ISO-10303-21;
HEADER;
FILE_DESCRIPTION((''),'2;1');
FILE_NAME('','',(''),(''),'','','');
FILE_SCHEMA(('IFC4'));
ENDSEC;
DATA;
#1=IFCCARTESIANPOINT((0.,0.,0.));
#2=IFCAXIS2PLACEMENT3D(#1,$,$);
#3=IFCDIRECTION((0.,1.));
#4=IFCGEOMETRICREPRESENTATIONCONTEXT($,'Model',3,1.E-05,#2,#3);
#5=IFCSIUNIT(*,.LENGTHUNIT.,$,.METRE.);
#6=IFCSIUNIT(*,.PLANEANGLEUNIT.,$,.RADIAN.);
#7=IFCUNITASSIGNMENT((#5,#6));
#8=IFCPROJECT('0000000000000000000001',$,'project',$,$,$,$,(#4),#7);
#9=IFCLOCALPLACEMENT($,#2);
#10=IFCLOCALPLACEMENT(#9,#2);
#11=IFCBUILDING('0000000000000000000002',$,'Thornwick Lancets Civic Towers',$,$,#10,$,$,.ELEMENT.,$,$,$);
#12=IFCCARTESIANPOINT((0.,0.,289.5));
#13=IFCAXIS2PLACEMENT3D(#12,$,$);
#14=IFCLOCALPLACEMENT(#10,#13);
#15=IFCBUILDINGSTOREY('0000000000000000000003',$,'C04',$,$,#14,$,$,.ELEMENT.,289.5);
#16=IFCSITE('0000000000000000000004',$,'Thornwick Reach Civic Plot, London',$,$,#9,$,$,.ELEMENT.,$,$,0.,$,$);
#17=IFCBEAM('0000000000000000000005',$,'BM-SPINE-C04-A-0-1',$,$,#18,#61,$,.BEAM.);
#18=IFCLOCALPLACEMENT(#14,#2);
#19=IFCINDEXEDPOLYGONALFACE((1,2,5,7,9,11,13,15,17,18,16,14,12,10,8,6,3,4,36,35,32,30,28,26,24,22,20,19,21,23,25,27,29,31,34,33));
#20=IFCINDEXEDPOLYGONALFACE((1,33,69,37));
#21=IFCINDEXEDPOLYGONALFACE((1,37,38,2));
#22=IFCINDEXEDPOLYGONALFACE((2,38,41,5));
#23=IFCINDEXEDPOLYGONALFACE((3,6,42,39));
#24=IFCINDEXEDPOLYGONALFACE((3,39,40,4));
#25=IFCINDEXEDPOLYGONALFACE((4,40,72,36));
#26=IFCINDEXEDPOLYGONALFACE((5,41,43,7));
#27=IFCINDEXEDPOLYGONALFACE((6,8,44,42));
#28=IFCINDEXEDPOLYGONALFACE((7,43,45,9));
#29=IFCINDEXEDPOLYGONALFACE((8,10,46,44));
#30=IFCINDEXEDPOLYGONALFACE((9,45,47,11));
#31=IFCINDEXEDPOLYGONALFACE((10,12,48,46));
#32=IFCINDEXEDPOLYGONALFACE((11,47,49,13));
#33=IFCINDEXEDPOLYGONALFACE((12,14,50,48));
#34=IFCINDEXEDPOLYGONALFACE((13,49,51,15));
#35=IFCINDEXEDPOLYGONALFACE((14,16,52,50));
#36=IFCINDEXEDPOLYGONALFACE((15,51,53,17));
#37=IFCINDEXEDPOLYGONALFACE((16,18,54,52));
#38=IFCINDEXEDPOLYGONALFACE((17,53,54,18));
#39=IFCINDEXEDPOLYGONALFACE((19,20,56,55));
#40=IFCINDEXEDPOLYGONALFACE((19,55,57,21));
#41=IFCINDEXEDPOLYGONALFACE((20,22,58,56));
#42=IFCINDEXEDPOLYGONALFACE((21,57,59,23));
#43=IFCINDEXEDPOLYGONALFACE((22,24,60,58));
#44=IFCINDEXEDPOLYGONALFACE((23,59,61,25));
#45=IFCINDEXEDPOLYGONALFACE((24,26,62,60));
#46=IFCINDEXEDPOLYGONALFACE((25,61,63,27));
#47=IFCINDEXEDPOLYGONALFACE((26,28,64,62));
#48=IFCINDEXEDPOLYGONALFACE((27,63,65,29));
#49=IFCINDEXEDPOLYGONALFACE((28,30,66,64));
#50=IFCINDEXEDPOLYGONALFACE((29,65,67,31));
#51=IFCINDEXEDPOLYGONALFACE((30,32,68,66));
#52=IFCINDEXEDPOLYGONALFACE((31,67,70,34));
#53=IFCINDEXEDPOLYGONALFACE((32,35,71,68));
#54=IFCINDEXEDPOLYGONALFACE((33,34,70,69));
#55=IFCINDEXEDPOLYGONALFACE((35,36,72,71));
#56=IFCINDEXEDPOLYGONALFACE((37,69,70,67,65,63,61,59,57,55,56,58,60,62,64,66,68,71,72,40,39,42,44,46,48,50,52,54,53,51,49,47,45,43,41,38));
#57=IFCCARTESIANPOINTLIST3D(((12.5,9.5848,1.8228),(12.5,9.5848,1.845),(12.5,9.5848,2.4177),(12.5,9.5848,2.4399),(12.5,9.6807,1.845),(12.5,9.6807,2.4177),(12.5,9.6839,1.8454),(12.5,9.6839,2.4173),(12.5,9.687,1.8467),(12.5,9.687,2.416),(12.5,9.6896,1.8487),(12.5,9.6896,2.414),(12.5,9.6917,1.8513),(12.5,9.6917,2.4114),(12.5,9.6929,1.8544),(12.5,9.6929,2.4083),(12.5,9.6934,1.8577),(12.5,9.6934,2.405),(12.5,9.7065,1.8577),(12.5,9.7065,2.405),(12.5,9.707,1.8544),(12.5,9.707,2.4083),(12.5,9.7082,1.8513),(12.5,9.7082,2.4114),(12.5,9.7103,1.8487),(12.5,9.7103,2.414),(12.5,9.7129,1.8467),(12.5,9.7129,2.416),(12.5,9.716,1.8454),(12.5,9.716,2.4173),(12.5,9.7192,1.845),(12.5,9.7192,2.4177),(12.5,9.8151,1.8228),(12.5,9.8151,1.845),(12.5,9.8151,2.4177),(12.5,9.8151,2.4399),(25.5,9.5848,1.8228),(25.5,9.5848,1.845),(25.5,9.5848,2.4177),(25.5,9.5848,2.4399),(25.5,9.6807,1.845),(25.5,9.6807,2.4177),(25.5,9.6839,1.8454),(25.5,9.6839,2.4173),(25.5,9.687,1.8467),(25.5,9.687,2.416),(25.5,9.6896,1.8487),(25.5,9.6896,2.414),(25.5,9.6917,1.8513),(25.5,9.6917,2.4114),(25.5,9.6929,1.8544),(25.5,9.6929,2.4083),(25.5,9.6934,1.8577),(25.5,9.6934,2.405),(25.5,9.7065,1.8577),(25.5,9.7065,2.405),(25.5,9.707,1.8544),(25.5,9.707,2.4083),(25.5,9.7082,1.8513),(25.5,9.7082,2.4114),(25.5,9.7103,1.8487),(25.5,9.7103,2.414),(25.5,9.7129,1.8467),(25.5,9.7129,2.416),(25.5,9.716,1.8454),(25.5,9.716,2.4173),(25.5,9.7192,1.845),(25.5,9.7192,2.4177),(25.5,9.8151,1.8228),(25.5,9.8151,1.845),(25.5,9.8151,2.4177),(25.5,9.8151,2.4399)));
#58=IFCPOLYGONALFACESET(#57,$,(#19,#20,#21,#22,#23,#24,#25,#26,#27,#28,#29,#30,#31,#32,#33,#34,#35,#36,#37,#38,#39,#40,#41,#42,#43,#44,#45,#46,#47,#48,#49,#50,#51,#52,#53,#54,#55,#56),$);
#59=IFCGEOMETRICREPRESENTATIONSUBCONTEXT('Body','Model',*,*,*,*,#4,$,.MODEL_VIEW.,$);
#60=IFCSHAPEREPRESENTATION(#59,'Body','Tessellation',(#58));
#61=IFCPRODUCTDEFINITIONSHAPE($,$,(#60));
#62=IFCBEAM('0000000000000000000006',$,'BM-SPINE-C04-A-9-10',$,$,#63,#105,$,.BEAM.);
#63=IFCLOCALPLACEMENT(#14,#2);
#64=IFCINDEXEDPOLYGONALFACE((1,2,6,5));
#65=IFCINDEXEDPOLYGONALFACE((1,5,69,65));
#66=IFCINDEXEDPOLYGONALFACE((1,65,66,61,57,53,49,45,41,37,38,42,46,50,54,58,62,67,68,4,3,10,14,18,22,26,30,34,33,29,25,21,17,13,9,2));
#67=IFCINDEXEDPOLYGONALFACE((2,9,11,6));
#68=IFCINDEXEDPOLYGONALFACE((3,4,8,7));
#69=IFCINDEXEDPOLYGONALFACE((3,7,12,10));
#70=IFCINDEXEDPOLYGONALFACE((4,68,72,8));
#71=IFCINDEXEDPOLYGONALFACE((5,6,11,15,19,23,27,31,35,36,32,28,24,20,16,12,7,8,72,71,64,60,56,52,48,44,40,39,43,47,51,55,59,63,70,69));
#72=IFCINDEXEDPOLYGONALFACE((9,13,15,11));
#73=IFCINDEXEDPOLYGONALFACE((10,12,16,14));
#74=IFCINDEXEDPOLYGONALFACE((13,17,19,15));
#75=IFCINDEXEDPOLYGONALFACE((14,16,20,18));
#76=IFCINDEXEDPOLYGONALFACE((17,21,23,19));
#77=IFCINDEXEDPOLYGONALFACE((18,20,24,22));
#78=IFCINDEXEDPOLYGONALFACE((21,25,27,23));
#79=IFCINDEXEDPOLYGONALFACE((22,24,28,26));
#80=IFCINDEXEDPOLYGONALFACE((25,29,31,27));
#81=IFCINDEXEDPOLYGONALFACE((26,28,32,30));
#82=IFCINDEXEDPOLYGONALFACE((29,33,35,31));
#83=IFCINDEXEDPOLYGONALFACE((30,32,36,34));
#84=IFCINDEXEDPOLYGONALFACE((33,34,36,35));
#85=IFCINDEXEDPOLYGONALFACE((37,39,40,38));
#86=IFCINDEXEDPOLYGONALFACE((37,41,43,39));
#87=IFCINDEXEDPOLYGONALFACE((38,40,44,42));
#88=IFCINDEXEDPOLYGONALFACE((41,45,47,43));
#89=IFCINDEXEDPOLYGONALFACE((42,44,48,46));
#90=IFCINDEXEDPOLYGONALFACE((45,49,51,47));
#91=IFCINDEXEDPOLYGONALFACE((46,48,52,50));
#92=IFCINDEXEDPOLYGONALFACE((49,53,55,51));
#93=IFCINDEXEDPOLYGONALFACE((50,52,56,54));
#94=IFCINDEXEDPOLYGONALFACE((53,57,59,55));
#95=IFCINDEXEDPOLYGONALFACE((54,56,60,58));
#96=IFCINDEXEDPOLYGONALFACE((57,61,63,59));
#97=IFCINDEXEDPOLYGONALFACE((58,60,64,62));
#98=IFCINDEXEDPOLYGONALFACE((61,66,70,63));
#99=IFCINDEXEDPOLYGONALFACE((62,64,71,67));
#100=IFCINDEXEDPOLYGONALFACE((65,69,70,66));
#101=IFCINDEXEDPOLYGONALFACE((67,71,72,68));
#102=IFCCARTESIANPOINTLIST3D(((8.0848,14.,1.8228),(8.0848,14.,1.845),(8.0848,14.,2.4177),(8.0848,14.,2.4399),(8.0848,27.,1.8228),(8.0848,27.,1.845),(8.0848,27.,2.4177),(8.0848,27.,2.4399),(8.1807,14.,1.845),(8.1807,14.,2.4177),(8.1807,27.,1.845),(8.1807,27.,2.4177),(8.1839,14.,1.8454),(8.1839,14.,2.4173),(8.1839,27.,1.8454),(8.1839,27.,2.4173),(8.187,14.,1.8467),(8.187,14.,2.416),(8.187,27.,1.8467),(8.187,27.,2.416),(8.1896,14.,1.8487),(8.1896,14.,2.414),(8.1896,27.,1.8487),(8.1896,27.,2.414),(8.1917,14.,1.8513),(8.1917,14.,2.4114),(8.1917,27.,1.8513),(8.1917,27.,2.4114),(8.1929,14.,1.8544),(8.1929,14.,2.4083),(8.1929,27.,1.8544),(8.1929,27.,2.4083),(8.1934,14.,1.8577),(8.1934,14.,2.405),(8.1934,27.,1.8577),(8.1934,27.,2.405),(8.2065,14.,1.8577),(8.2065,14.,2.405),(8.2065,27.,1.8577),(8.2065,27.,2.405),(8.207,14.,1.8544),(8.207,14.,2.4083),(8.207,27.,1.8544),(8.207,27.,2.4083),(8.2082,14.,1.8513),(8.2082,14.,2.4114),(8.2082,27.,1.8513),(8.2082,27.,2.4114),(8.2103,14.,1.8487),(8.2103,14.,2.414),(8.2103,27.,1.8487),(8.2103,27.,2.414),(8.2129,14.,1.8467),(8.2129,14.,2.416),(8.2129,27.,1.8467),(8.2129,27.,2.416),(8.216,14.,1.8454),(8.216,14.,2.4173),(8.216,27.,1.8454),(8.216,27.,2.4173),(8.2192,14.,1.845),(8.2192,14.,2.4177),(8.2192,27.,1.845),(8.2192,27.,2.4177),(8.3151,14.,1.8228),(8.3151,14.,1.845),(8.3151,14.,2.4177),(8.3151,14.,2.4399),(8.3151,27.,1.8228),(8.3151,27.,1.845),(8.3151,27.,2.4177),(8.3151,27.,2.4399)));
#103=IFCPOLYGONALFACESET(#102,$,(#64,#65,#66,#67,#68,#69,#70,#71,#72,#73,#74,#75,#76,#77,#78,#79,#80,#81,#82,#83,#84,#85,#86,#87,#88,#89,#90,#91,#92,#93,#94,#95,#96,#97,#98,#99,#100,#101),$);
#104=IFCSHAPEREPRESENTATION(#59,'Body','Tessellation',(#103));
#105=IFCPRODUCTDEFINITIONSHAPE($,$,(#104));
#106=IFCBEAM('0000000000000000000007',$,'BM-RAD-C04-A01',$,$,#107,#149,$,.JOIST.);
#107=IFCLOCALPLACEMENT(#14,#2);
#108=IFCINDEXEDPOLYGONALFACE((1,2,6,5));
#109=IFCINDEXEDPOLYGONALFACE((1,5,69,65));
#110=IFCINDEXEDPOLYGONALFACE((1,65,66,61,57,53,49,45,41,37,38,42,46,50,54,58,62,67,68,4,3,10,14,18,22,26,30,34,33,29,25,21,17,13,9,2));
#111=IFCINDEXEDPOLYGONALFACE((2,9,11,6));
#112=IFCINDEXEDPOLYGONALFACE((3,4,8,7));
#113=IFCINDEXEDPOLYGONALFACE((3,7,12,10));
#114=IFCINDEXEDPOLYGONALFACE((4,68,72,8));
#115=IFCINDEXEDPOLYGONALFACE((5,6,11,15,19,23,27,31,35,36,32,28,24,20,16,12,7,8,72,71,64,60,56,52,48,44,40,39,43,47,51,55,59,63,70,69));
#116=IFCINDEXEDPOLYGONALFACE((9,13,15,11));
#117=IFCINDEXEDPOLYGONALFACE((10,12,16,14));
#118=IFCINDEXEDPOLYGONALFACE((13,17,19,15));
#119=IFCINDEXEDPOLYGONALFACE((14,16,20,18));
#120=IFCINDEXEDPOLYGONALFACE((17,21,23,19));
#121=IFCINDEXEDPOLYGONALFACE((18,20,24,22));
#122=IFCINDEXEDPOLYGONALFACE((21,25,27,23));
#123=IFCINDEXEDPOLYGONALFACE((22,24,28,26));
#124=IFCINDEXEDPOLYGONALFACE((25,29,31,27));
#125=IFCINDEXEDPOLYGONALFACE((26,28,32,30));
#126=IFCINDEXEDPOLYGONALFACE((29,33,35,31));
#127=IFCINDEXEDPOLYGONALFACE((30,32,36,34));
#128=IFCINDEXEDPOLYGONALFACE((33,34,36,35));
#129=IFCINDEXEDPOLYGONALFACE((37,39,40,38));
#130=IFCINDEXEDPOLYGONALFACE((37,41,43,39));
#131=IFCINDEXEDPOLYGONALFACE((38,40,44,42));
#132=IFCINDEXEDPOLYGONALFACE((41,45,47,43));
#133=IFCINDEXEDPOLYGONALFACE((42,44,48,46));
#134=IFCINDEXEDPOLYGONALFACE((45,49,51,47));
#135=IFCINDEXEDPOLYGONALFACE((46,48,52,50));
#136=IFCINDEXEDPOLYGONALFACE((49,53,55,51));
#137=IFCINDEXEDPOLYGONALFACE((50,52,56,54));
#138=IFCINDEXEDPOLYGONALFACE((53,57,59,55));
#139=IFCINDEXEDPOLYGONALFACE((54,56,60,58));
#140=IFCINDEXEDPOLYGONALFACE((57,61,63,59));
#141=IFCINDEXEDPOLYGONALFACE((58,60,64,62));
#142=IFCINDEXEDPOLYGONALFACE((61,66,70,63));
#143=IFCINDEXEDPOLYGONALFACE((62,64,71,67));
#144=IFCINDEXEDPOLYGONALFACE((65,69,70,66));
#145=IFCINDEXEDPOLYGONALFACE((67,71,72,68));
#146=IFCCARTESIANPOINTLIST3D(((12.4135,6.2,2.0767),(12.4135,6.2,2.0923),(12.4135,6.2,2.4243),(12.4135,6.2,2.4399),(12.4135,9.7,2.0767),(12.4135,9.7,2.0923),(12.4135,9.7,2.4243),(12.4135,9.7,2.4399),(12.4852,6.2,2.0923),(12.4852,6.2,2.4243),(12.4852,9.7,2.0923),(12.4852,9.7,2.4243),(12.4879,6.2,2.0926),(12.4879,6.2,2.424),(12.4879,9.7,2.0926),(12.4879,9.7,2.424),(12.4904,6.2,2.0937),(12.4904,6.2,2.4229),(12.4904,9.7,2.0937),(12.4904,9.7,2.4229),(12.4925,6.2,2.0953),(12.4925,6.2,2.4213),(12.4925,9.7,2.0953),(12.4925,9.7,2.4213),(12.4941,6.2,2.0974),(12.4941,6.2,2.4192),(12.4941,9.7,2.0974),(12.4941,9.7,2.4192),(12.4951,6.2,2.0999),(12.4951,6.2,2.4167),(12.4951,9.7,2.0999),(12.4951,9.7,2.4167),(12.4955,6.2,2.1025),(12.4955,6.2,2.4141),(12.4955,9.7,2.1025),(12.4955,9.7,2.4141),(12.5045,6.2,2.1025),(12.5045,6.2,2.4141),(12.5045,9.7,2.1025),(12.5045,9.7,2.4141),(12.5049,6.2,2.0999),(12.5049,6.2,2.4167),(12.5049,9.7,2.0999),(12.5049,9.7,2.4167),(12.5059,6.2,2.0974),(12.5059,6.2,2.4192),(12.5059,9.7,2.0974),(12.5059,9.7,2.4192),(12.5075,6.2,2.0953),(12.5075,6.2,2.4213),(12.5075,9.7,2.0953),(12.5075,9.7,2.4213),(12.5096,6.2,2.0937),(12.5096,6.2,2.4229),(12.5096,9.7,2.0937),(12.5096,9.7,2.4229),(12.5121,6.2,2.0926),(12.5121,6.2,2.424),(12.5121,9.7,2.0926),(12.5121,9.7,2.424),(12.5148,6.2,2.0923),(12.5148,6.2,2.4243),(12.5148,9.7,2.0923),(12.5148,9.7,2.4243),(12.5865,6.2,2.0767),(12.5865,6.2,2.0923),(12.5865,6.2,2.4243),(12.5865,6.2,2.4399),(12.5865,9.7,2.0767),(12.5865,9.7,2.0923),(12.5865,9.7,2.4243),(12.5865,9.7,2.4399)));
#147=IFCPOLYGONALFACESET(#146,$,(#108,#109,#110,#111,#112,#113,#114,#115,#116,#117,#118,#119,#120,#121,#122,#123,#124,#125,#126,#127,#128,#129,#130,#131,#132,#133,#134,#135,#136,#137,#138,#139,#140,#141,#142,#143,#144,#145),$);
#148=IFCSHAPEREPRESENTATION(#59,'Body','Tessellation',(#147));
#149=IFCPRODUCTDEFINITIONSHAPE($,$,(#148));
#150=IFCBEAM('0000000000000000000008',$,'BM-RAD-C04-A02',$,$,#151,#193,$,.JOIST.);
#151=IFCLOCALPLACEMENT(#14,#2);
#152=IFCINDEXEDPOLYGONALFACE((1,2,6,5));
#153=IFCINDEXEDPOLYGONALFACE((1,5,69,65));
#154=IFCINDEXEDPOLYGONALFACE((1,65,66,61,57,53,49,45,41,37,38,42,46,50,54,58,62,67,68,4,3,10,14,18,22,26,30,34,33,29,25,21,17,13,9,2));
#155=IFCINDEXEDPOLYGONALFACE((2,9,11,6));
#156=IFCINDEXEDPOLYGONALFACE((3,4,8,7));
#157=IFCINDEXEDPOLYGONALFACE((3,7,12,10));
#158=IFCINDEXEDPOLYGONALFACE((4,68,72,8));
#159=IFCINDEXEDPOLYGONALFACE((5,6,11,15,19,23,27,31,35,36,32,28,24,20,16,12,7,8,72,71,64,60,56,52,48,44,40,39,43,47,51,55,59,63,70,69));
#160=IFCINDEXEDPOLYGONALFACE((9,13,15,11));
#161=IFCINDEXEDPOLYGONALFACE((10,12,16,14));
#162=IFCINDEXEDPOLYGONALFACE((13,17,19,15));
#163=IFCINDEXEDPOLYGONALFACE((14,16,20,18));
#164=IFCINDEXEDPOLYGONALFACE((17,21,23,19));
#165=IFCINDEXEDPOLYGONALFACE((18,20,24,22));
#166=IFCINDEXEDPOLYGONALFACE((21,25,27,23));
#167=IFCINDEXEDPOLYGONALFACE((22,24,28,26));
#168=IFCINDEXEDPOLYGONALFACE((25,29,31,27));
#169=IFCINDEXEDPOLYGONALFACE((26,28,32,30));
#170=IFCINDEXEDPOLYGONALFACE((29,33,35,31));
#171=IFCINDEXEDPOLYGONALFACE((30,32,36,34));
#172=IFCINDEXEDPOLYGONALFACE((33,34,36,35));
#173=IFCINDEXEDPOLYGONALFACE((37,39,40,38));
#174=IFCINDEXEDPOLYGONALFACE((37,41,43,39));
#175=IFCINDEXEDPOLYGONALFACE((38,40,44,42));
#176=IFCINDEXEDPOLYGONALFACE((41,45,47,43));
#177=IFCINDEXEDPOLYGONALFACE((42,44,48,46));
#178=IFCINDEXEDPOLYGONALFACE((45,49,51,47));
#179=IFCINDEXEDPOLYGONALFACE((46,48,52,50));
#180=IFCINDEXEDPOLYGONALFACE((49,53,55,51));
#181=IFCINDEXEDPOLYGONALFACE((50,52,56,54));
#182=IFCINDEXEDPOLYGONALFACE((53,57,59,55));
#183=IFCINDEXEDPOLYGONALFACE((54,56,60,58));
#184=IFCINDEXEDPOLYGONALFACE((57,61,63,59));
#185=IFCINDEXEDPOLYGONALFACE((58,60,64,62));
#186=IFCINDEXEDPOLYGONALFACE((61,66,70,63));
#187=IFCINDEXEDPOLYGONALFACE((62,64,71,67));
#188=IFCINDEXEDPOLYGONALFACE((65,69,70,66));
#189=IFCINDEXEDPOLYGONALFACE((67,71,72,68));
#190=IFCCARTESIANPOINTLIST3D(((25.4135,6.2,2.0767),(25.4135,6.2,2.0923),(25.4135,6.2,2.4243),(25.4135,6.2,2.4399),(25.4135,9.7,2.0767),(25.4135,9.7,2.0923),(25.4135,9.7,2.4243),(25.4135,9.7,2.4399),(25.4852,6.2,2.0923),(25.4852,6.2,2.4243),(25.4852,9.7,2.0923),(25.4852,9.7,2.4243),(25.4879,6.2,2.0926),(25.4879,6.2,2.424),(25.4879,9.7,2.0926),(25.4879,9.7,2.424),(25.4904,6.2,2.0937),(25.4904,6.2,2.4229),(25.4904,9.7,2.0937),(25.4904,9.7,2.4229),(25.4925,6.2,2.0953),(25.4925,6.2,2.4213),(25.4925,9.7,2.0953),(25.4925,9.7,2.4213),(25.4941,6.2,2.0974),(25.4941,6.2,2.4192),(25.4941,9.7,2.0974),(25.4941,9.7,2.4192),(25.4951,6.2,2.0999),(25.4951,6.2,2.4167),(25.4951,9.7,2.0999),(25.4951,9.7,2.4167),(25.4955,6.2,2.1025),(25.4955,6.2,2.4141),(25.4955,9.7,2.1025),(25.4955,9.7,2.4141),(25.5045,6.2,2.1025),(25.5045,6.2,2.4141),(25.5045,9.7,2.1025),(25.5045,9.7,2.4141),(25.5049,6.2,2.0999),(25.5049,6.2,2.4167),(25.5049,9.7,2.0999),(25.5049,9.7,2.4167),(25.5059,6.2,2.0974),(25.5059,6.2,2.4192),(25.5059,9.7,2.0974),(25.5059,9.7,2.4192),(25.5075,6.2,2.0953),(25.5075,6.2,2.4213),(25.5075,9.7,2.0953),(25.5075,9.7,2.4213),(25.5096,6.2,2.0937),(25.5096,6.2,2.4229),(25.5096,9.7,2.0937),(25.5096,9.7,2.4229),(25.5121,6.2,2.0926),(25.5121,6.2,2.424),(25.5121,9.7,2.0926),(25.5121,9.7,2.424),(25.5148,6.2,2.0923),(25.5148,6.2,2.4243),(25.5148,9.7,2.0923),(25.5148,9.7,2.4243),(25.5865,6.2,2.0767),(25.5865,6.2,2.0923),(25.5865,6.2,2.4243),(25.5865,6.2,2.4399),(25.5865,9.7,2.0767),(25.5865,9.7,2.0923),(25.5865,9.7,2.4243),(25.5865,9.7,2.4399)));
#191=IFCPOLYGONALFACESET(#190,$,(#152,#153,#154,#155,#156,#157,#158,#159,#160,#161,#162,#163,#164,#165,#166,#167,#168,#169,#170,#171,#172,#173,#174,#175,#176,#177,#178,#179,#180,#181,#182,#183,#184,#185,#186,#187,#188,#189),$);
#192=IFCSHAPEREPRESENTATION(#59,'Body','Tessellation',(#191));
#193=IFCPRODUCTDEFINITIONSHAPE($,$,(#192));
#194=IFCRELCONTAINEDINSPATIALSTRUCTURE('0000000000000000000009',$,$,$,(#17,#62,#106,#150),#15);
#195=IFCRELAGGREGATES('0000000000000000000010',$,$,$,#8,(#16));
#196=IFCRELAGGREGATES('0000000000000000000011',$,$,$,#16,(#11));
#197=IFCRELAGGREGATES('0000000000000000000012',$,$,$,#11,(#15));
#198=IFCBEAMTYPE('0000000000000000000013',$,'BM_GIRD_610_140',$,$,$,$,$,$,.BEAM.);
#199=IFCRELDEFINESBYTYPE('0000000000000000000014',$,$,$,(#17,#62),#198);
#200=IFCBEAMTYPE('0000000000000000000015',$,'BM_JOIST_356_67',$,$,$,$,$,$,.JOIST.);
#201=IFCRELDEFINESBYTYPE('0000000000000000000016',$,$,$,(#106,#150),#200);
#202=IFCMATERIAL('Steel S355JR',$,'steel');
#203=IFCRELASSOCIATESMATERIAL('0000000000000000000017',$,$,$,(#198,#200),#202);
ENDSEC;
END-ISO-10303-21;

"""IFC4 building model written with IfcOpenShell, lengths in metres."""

from ifc_helpers import new_model, si_unit, direction, frame, origin, origin_2d, place, context, subcontext, project, spatial, i_section, extrude, material, material_profile, profile_set, type_object, element, save


model = new_model("IFC4")

# Units and contexts
model_context = context("Model", 3, precision=1e-05, world=origin(), true_north=direction((0.0, 1.0)))
body_context = subcontext(model_context, "Body", "Model", "MODEL_VIEW")
ifc_project = project(units=[si_unit("LENGTHUNIT", "METRE"), si_unit("PLANEANGLEUNIT", "RADIAN")], contexts=[model_context])

# Site, building, storey
site_placement = place(None, origin())
site = spatial("IfcSite", under=ifc_project, at=site_placement, Name="Thornwick Reach Civic Plot, London", CompositionType="ELEMENT", RefElevation=0.0)
building_placement = place(site_placement, origin())
building = spatial("IfcBuilding", under=site, at=building_placement, Name="Thornwick Lancets Civic Towers", CompositionType="ELEMENT")
storey_placement = place(building_placement, frame((0.0, 0.0, 289.5)))
storey = spatial("IfcBuildingStorey", under=building, at=storey_placement, Name="C04", CompositionType="ELEMENT", Elevation=289.5)

# Shared definitions
ifc_material_1 = material(Name="Steel S355JR", Category="steel")

# Beams
ifc_material_profile_1 = material_profile(ifc_material_1, i_section(OverallWidth=0.2302, OverallDepth=0.6172, WebThickness=0.0132, FlangeThickness=0.0222, FilletRadius=0.0127, at=origin_2d()), Name="UKB 610x229x140")
ifc_profile_set_1 = profile_set([ifc_material_profile_1], Name="Steel S355JR")
beam_type_1 = type_object("IfcBeamType", Name="BM_GIRD_610_140", PredefinedType="BEAM", material=ifc_profile_set_1)
for number, where, z_axis, x_axis, name in (
    (1, (12.5, 9.7, 2.1313), (1.0, 0.0, 0.0), (0.0, 1.0, 0.0), "BM-SPINE-C04-A-0-1"),
    (2, (8.2, 14.0, 2.1313), (0.0, 1.0, 0.0), (-1.0, 0.0, 0.0), "BM-SPINE-C04-A-9-10"),
):
    element("IfcBeam", number, at=place(storey_placement, frame(where, z_axis=z_axis, x_axis=x_axis)), inside=storey, type_object=beam_type_1, Name=name, PredefinedType="BEAM", context=body_context, shape_type="SweptSolid", body=[
        extrude(i_section(OverallWidth=0.2302, OverallDepth=0.6172, WebThickness=0.0132, FlangeThickness=0.0222, FilletRadius=0.0127, at=origin_2d()), origin(), (0.0, 0.0, 1.0), 13.0),
    ])
ifc_material_profile_2 = material_profile(ifc_material_1, i_section(OverallWidth=0.1731, OverallDepth=0.3633, WebThickness=0.009, FlangeThickness=0.0156, FilletRadius=0.0103, at=origin_2d()), Name="UKB 356x171x67")
ifc_profile_set_2 = profile_set([ifc_material_profile_2], Name="Steel S355JR")
beam_type_2 = type_object("IfcBeamType", Name="BM_JOIST_356_67", PredefinedType="JOIST", material=ifc_profile_set_2)
for number, where, z_axis, x_axis, name in (
    (3, (12.5, 9.7, 2.2583), (0.0, -1.0, 0.0), (1.0, 0.0, 0.0), "BM-RAD-C04-A01"),
    (4, (25.5, 9.7, 2.2583), (0.0, -1.0, 0.0), (1.0, 0.0, 0.0), "BM-RAD-C04-A02"),
):
    element("IfcBeam", number, at=place(storey_placement, frame(where, z_axis=z_axis, x_axis=x_axis)), inside=storey, type_object=beam_type_2, Name=name, PredefinedType="JOIST", context=body_context, shape_type="SweptSolid", body=[
        extrude(i_section(OverallWidth=0.1731, OverallDepth=0.3633, WebThickness=0.009, FlangeThickness=0.0156, FilletRadius=0.0103, at=origin_2d()), origin(), (0.0, 0.0, 1.0), 3.5),
    ])

save(model, "model.ifc")
